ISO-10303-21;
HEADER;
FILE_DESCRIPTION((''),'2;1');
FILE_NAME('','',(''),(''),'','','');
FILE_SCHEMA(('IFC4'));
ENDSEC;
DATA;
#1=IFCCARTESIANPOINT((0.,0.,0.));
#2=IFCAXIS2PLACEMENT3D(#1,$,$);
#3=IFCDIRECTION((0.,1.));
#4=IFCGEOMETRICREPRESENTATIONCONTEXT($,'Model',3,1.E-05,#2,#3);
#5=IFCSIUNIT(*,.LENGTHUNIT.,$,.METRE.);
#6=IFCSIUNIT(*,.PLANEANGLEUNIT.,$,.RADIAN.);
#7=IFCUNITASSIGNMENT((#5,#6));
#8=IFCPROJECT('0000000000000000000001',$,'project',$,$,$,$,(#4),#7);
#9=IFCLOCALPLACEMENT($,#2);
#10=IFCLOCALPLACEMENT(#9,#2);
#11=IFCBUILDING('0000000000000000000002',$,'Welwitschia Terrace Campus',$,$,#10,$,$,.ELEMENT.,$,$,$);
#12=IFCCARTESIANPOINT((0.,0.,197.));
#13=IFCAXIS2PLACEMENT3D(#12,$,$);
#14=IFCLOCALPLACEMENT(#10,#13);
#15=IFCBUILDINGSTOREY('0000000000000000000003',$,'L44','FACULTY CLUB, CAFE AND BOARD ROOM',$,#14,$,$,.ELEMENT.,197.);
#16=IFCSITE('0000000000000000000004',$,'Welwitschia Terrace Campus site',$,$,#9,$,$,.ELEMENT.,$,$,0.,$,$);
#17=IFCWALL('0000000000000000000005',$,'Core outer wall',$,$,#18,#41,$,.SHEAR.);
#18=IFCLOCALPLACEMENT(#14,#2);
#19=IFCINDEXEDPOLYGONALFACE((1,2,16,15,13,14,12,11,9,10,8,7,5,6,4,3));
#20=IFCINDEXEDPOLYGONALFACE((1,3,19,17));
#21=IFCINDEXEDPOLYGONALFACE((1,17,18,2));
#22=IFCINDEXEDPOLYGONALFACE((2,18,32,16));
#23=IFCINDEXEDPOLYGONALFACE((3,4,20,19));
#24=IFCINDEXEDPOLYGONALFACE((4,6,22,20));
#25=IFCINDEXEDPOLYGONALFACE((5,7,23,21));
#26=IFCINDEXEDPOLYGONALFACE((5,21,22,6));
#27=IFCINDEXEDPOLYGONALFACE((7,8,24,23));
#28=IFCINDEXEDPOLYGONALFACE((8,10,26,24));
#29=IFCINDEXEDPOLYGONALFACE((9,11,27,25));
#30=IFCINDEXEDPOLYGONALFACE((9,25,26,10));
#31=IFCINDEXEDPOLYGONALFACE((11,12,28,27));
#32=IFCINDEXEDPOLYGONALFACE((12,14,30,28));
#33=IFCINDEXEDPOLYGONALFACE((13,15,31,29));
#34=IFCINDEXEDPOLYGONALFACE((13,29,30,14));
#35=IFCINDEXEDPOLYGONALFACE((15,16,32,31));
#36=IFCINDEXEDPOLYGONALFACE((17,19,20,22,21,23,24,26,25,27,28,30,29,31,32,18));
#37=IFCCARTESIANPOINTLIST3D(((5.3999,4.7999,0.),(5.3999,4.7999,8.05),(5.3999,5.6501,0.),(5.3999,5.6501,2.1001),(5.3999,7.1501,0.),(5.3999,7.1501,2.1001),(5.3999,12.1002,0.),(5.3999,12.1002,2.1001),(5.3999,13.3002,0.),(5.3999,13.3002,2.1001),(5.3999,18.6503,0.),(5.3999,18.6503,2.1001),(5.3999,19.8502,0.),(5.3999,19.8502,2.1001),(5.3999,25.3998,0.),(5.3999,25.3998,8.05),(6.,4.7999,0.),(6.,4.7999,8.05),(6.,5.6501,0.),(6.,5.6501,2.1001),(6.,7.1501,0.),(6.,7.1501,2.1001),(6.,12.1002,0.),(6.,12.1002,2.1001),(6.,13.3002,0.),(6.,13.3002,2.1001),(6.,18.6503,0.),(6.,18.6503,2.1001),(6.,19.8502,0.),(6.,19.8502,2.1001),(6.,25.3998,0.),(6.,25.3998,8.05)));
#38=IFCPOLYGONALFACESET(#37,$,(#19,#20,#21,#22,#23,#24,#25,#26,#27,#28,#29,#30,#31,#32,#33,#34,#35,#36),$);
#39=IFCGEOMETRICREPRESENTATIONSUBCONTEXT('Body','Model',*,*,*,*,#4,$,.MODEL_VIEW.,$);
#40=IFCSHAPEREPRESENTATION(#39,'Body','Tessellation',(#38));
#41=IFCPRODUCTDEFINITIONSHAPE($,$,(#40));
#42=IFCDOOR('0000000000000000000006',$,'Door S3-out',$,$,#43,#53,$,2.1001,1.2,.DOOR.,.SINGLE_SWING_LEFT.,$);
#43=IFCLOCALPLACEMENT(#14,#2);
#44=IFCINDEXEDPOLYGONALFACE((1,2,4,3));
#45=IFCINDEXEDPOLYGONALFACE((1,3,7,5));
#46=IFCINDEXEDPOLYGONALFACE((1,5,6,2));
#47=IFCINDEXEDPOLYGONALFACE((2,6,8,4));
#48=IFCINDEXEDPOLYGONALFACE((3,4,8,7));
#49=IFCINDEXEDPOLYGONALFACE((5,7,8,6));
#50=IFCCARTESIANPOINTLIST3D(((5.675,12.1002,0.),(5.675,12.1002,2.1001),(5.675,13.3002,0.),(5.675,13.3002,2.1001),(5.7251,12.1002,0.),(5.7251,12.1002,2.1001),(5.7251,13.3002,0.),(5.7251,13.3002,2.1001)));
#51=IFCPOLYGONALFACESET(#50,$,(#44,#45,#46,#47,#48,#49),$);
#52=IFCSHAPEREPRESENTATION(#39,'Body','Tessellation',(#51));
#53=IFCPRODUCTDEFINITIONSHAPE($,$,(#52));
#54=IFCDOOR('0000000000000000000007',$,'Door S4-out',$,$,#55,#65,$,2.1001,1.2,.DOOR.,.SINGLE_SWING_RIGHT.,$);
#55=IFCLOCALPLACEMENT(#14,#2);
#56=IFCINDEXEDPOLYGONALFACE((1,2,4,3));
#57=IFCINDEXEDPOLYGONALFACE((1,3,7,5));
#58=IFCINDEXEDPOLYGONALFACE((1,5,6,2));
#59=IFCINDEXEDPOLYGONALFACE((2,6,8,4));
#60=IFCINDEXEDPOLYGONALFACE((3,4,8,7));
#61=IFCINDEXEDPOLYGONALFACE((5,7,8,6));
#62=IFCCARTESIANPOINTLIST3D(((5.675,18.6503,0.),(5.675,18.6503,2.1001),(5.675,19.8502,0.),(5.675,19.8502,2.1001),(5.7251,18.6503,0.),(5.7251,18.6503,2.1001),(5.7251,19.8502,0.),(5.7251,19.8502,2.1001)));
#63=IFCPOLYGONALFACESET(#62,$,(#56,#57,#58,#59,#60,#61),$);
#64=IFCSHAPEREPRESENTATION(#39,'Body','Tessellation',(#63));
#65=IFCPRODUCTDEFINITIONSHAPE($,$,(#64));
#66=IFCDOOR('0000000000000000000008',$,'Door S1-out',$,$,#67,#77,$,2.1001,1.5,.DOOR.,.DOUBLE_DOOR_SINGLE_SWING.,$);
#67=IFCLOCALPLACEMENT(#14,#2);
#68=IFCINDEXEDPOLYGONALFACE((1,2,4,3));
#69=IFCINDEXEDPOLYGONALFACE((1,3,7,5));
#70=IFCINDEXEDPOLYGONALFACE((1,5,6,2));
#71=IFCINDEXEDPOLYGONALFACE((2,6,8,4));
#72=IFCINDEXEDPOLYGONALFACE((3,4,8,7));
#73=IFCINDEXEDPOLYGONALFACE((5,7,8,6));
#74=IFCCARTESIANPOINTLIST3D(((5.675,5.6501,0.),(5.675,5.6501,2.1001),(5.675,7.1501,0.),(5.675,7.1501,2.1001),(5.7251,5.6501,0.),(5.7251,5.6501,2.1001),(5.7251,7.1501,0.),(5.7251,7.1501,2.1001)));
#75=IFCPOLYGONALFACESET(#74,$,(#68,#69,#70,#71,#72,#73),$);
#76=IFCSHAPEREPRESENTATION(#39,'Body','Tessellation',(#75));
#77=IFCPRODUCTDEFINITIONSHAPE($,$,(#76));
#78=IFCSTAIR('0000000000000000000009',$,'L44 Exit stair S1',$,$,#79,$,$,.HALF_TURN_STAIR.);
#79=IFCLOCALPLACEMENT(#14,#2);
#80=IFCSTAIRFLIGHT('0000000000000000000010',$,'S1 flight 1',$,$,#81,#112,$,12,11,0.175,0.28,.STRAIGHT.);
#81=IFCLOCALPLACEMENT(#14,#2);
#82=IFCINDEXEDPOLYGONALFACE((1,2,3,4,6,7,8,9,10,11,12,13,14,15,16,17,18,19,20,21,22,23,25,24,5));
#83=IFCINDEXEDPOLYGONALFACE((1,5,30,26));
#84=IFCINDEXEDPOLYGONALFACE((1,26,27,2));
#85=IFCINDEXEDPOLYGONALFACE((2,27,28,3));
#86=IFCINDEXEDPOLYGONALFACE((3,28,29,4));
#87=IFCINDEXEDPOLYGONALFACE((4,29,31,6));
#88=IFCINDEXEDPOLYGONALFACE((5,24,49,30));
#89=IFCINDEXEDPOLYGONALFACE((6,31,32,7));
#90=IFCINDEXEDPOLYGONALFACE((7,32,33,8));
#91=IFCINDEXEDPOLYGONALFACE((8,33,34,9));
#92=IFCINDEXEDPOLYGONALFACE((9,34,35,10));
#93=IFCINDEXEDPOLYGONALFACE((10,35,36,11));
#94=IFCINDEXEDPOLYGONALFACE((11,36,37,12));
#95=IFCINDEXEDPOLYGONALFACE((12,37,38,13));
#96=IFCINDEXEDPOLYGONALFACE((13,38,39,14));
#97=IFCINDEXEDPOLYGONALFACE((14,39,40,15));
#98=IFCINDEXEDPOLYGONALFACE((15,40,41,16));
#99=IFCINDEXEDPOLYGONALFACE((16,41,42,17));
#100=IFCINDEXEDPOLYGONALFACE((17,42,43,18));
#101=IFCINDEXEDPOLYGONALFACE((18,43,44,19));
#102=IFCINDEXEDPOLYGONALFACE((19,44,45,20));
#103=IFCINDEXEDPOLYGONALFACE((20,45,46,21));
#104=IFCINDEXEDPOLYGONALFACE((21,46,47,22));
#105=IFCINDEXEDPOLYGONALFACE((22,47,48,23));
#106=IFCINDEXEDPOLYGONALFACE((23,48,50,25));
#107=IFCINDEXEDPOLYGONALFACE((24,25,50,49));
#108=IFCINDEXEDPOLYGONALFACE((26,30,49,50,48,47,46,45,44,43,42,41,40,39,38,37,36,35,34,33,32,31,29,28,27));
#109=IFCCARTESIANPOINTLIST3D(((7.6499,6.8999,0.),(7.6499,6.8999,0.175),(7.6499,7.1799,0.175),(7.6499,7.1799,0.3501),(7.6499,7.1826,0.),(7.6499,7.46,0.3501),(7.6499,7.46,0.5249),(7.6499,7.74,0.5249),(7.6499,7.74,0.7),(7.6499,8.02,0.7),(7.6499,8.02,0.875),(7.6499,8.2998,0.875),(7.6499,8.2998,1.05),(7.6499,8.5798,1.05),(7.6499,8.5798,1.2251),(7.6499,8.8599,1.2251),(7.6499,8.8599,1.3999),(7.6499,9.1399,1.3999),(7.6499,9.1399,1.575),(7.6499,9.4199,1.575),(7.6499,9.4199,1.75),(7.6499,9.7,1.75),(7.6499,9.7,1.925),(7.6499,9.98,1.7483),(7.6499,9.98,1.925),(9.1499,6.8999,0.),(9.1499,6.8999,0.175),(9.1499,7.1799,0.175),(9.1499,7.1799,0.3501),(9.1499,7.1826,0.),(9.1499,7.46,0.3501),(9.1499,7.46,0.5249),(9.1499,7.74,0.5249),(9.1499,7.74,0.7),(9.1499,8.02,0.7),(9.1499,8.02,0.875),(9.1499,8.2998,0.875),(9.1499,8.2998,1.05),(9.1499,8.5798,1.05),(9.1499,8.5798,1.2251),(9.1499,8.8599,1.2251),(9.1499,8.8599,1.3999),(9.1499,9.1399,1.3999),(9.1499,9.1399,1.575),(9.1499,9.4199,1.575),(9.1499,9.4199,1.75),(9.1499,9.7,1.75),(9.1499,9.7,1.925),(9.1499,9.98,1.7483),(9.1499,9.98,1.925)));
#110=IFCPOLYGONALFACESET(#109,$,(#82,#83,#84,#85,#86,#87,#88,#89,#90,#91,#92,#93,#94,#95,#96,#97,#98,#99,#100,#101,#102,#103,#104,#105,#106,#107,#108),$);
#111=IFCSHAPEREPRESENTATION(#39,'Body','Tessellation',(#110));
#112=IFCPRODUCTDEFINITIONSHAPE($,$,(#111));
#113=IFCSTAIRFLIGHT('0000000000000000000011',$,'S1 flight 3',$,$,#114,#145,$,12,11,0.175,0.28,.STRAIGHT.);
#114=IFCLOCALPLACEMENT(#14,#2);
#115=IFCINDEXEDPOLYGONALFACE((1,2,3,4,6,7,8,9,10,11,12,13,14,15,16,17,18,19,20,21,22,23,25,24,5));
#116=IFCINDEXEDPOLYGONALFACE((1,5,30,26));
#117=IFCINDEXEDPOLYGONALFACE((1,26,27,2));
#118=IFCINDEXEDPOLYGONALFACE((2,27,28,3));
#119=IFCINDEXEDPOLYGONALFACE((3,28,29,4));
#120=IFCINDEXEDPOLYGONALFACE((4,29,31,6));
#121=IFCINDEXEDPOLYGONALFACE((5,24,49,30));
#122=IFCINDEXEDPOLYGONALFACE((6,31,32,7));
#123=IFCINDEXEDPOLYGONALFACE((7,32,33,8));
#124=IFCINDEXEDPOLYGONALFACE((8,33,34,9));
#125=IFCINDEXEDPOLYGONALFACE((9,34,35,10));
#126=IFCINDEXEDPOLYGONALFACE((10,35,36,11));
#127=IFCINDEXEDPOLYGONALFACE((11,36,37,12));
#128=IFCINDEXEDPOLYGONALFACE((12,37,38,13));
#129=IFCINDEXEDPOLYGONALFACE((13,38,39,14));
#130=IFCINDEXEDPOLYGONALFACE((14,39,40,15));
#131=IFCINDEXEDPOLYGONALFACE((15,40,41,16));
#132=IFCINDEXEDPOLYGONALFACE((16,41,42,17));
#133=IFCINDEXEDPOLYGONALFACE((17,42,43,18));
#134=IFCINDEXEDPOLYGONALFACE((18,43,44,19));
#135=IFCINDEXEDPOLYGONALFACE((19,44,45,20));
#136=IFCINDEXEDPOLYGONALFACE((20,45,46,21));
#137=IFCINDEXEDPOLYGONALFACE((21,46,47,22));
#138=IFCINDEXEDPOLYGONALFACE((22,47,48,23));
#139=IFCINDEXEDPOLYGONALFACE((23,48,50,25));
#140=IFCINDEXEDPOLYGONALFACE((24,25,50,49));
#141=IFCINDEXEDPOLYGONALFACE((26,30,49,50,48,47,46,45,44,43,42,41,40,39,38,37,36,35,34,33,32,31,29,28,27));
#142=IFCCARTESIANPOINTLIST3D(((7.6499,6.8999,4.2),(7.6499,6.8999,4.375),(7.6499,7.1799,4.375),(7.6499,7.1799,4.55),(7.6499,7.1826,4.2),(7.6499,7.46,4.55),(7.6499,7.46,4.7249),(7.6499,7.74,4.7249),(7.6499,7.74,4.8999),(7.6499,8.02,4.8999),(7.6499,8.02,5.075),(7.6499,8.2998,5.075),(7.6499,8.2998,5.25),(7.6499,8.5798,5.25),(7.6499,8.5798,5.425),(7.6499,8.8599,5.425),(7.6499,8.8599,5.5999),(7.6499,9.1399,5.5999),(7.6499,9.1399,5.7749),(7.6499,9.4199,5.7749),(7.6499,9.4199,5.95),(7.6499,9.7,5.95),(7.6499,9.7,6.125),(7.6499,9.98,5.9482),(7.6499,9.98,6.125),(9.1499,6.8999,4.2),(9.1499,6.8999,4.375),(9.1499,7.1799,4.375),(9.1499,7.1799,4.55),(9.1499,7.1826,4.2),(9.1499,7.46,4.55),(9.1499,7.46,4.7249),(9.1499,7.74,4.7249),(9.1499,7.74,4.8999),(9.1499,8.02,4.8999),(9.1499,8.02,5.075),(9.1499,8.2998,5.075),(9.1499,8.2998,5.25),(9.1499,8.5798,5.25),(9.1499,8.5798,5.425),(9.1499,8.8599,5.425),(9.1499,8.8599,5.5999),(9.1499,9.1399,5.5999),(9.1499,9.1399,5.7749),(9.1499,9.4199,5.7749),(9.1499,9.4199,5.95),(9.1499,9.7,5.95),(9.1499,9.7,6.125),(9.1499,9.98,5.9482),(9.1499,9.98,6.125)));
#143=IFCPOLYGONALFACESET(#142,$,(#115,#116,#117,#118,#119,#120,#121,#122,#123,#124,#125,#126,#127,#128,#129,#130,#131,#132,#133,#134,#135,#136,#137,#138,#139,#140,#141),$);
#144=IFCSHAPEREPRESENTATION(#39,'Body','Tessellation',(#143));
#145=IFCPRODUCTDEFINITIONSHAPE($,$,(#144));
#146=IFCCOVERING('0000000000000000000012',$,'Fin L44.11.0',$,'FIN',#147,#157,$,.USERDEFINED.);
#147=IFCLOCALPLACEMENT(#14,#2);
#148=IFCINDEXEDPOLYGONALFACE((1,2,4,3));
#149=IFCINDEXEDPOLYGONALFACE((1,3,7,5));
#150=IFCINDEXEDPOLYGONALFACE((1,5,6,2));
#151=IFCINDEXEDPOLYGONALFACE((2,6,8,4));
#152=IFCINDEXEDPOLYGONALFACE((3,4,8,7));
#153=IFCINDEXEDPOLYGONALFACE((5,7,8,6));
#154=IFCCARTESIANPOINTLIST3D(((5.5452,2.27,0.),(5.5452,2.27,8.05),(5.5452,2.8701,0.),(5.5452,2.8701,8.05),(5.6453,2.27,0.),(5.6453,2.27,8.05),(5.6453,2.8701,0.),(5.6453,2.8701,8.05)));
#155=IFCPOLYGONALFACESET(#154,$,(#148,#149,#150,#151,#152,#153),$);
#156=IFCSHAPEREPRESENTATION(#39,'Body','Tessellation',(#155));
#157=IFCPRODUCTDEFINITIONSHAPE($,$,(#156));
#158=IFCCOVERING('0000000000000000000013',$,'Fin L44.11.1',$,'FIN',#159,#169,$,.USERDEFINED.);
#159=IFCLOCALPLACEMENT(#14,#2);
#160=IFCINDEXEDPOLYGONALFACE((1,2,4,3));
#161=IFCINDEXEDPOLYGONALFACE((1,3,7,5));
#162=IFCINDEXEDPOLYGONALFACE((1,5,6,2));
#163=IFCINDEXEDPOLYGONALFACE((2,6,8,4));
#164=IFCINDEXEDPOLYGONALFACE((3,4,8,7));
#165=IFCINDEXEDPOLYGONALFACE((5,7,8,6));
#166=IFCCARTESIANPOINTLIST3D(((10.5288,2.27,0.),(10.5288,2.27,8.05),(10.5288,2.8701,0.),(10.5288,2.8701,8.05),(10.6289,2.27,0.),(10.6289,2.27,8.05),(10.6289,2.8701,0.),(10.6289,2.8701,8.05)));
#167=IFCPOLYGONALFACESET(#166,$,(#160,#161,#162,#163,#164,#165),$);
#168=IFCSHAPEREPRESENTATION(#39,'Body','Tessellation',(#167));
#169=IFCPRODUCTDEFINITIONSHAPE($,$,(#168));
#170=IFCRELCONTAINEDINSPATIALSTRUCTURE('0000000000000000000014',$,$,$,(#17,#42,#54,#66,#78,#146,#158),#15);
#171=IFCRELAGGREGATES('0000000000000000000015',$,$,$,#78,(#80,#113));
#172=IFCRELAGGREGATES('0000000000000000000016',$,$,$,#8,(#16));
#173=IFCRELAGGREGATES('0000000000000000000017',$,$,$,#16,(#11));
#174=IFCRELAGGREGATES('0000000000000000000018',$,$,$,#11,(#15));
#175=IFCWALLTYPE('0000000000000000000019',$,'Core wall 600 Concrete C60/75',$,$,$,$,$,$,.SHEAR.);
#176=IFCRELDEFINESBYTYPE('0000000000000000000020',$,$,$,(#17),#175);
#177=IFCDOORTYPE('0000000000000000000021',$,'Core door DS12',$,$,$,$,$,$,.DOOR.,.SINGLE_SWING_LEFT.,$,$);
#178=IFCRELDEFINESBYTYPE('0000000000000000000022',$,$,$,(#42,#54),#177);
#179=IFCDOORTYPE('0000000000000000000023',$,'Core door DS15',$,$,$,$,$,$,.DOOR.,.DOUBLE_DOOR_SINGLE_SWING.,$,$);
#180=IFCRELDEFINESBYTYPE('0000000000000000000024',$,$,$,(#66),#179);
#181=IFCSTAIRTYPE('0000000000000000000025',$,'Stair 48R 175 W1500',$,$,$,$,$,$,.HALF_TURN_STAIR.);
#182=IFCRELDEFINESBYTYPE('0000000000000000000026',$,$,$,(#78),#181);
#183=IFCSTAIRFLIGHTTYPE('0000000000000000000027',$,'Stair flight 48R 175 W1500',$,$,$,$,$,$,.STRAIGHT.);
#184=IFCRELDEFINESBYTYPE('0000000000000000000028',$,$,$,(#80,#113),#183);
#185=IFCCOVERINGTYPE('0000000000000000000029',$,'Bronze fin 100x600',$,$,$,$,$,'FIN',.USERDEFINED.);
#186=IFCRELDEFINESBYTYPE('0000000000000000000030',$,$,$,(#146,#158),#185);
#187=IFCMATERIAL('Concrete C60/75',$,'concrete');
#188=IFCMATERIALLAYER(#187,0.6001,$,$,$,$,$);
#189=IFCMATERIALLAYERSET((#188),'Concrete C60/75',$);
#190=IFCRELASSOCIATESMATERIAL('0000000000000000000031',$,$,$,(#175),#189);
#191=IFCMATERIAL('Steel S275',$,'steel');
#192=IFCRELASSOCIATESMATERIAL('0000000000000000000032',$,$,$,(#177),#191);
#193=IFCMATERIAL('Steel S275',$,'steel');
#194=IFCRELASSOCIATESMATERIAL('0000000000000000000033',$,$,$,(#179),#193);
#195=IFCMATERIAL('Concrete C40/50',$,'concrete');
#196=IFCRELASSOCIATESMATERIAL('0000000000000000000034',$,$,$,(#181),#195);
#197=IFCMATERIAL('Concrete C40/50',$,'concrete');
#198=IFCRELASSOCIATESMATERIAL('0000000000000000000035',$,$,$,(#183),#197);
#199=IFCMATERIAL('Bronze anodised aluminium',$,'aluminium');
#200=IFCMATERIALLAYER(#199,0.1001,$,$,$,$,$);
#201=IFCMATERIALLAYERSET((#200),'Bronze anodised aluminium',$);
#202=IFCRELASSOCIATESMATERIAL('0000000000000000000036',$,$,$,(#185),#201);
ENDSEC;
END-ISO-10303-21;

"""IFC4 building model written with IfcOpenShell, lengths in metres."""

from ifc_helpers import new_model, si_unit, direction, frame, frame_2d, origin, origin_2d, place, context, subcontext, project, spatial, polyline, rectangle, outline, extrude, material, layer, layer_set, type_object, element, fill, aggregate, save


model = new_model("IFC4")

# Units and contexts
model_context = context("Model", 3, precision=1e-05, world=origin(), true_north=direction((0.0, 1.0)))
body_context = subcontext(model_context, "Body", "Model", "MODEL_VIEW")
ifc_project = project(units=[si_unit("LENGTHUNIT", "METRE"), si_unit("PLANEANGLEUNIT", "RADIAN")], contexts=[model_context])

# Site, building, storey
site_placement = place(None, origin())
site = spatial("IfcSite", under=ifc_project, at=site_placement, Name="Welwitschia Terrace Campus site", CompositionType="ELEMENT", RefElevation=0.0)
building_placement = place(site_placement, origin())
building = spatial("IfcBuilding", under=site, at=building_placement, Name="Welwitschia Terrace Campus", CompositionType="ELEMENT")
storey_placement = place(building_placement, frame((0.0, 0.0, 197.0)))
storey = spatial("IfcBuildingStorey", under=building, at=storey_placement, Name="L44", Description="FACULTY CLUB, CAFE AND BOARD ROOM", CompositionType="ELEMENT", Elevation=197.0)

# Wall, openings, doors
ifc_material_1 = material(Name="Concrete C60/75", Category="concrete")
ifc_layer_1 = layer(ifc_material_1, 0.6001)
ifc_layer_set_1 = layer_set([ifc_layer_1], Name="Concrete C60/75")
wall_type_1 = type_object("IfcWallType", Name="Core wall 600 Concrete C60/75", PredefinedType="SHEAR", material=ifc_layer_set_1)
wall_placement = place(storey_placement, frame((5.7, 4.8, 0.0), z_axis=(0.0, 0.0, 1.0), x_axis=(0.0, 1.0, 0.0)))
wall = element("IfcWall", 1, at=wall_placement, inside=storey, type_object=wall_type_1, Name="Core outer wall", PredefinedType="SHEAR", context=body_context, shape_type="SweptSolid", body=[
    extrude(rectangle(XDim=20.5999, YDim=0.6001, at=frame_2d((10.2998, 0.0))), origin(), (0.0, 0.0, 1.0), 8.05),
])
opening_1_placement = place(wall_placement, frame((0.8501, 0.0, 0.0)))
opening_1 = element("IfcOpeningElement", 2, at=opening_1_placement, cuts=wall, PredefinedType="OPENING", context=body_context, shape_type="SweptSolid", body=[
    extrude(rectangle(XDim=1.5, YDim=2.1001, at=frame_2d((0.75, 1.05))), frame((0.0, 0.3101, 0.0), z_axis=(0.0, -1.0, 0.0), x_axis=(1.0, 0.0, 0.0)), (0.0, 0.0, 1.0), 0.6201),
])
opening_2_placement = place(wall_placement, frame((7.3, 0.0, 0.0)))
opening_2 = element("IfcOpeningElement", 3, at=opening_2_placement, cuts=wall, PredefinedType="OPENING", context=body_context, shape_type="SweptSolid", body=[
    extrude(rectangle(XDim=1.2, YDim=2.1001, at=frame_2d((0.6001, 1.05))), frame((0.0, 0.3101, 0.0), z_axis=(0.0, -1.0, 0.0), x_axis=(1.0, 0.0, 0.0)), (0.0, 0.0, 1.0), 0.6201),
])
opening_3_placement = place(wall_placement, frame((13.8501, 0.0, 0.0)))
opening_3 = element("IfcOpeningElement", 4, at=opening_3_placement, cuts=wall, PredefinedType="OPENING", context=body_context, shape_type="SweptSolid", body=[
    extrude(rectangle(XDim=1.2, YDim=2.1001, at=frame_2d((0.6001, 1.05))), frame((0.0, 0.3101, 0.0), z_axis=(0.0, -1.0, 0.0), x_axis=(1.0, 0.0, 0.0)), (0.0, 0.0, 1.0), 0.6201),
])
ifc_material_2 = material(Name="Steel S275", Category="steel")
door_type_1 = type_object("IfcDoorType", Name="Core door DS12", OperationType="SINGLE_SWING_LEFT", PredefinedType="DOOR", material=ifc_material_2)
door_1_placement = place(opening_2_placement, origin())
door_1 = element("IfcDoor", 5, at=door_1_placement, inside=storey, type_object=door_type_1, Name="Door S3-out", OperationType="SINGLE_SWING_LEFT", OverallHeight=2.1001, OverallWidth=1.2, PredefinedType="DOOR", context=body_context, shape_type="SweptSolid", body=[
    extrude(rectangle(XDim=1.2, YDim=2.1001, at=frame_2d((0.6001, 1.05))), frame((0.0, 0.0249, 0.0), z_axis=(0.0, -1.0, 0.0), x_axis=(1.0, 0.0, 0.0)), (0.0, 0.0, 1.0), 0.05),
])
fill(opening_2, door_1)
door_2_placement = place(opening_3_placement, origin())
door_2 = element("IfcDoor", 6, at=door_2_placement, inside=storey, type_object=door_type_1, Name="Door S4-out", OperationType="SINGLE_SWING_RIGHT", OverallHeight=2.1001, OverallWidth=1.2, PredefinedType="DOOR", context=body_context, shape_type="SweptSolid", body=[
    extrude(rectangle(XDim=1.2, YDim=2.1001, at=frame_2d((0.6001, 1.05))), frame((0.0, 0.0249, 0.0), z_axis=(0.0, -1.0, 0.0), x_axis=(1.0, 0.0, 0.0)), (0.0, 0.0, 1.0), 0.05),
])
fill(opening_3, door_2)
ifc_material_3 = material(Name="Steel S275", Category="steel")
door_type_2 = type_object("IfcDoorType", Name="Core door DS15", OperationType="DOUBLE_DOOR_SINGLE_SWING", PredefinedType="DOOR", material=ifc_material_3)
door_3_placement = place(opening_1_placement, origin())
door_3 = element("IfcDoor", 7, at=door_3_placement, inside=storey, type_object=door_type_2, Name="Door S1-out", OperationType="DOUBLE_DOOR_SINGLE_SWING", OverallHeight=2.1001, OverallWidth=1.5, PredefinedType="DOOR", context=body_context, shape_type="SweptSolid", body=[
    extrude(rectangle(XDim=1.5, YDim=2.1001, at=frame_2d((0.75, 1.05))), frame((0.0, 0.0249, 0.0), z_axis=(0.0, -1.0, 0.0), x_axis=(1.0, 0.0, 0.0)), (0.0, 0.0, 1.0), 0.05),
])
fill(opening_1, door_3)

# Stair, stair flights
ifc_material_4 = material(Name="Concrete C40/50", Category="concrete")
stair_type = type_object("IfcStairType", Name="Stair 48R 175 W1500", PredefinedType="HALF_TURN_STAIR", material=ifc_material_4)
stair_placement = place(storey_placement, origin())
stair = element("IfcStair", 8, at=stair_placement, inside=storey, type_object=stair_type, Name="L44 Exit stair S1", PredefinedType="HALF_TURN_STAIR")
ifc_material_5 = material(Name="Concrete C40/50", Category="concrete")
stair_flight_type = type_object("IfcStairFlightType", Name="Stair flight 48R 175 W1500", PredefinedType="STRAIGHT", material=ifc_material_5)
stair_flight_1_placement = place(storey_placement, frame((8.3999, 6.8999, 0.0), z_axis=(0.0, 0.0, 1.0), x_axis=(0.0, 1.0, 0.0)))
stair_flight_1 = element("IfcStairFlight", 9, at=stair_flight_1_placement, type_object=stair_flight_type, Name="S1 flight 1", NumberOfRisers=12, NumberOfTreads=11, PredefinedType="STRAIGHT", RiserHeight=0.175, TreadLength=0.28, context=body_context, shape_type="SweptSolid", body=[
    extrude(outline(polyline([(0.0, 0.0), (0.0, 0.175), (0.28, 0.175), (0.28, 0.3501), (0.5601, 0.3501), (0.5601, 0.5249), (0.8401, 0.5249), (0.8401, 0.7), (1.1201, 0.7), (1.1201, 0.875), (1.3999, 0.875), (1.3999, 1.05), (1.6799, 1.05), (1.6799, 1.2251), (1.96, 1.2251), (1.96, 1.3999), (2.24, 1.3999), (2.24, 1.575), (2.52, 1.575), (2.52, 1.75), (2.8, 1.75), (2.8, 1.925), (3.0801, 1.925), (3.0801, 2.1001), (3.0801, 1.7483), (0.2827, 0.0), (0.0, 0.0)])), frame((0.0, 0.75, 0.0), z_axis=(0.0, -1.0, 0.0), x_axis=(1.0, 0.0, 0.0)), (0.0, 0.0, 1.0), 1.5),
])
stair_flight_2_placement = place(storey_placement, frame((8.3999, 6.8999, 4.2), z_axis=(0.0, 0.0, 1.0), x_axis=(0.0, 1.0, 0.0)))
stair_flight_2 = element("IfcStairFlight", 10, at=stair_flight_2_placement, type_object=stair_flight_type, Name="S1 flight 3", NumberOfRisers=12, NumberOfTreads=11, PredefinedType="STRAIGHT", RiserHeight=0.175, TreadLength=0.28, context=body_context, shape_type="SweptSolid", body=[
    extrude(outline(polyline([(0.0, 0.0), (0.0, 0.175), (0.28, 0.175), (0.28, 0.3501), (0.5601, 0.3501), (0.5601, 0.5249), (0.8401, 0.5249), (0.8401, 0.7), (1.1201, 0.7), (1.1201, 0.875), (1.3999, 0.875), (1.3999, 1.05), (1.6799, 1.05), (1.6799, 1.2251), (1.96, 1.2251), (1.96, 1.3999), (2.24, 1.3999), (2.24, 1.575), (2.52, 1.575), (2.52, 1.75), (2.8, 1.75), (2.8, 1.925), (3.0801, 1.925), (3.0801, 2.1001), (3.0801, 1.7483), (0.2827, 0.0), (0.0, 0.0)])), frame((0.0, 0.75, 0.0), z_axis=(0.0, -1.0, 0.0), x_axis=(1.0, 0.0, 0.0)), (0.0, 0.0, 1.0), 1.5),
])
aggregate(stair, [stair_flight_1, stair_flight_2])

# Coverings
ifc_material_6 = material(Name="Bronze anodised aluminium", Category="aluminium")
ifc_layer_2 = layer(ifc_material_6, 0.1001)
ifc_layer_set_2 = layer_set([ifc_layer_2], Name="Bronze anodised aluminium")
covering_type = type_object("IfcCoveringType", Name="Bronze fin 100x600", ElementType="FIN", PredefinedType="USERDEFINED", material=ifc_layer_set_2)
for number, where, z_axis, x_axis, name in (
    (11, (5.5952, 2.5701, 0.0), (0.0, 0.0, 1.0), (1.0, 0.0, 0.0), "Fin L44.11.0"),
    (12, (10.5789, 2.5701, 0.0), (0.0, 0.0, 1.0), (1.0, 0.0, 0.0), "Fin L44.11.1"),
):
    element("IfcCovering", number, at=place(storey_placement, frame(where, z_axis=z_axis, x_axis=x_axis)), inside=storey, type_object=covering_type, Name=name, ObjectType="FIN", PredefinedType="USERDEFINED", context=body_context, shape_type="SweptSolid", body=[
        extrude(rectangle(XDim=0.1001, YDim=0.6001, at=origin_2d()), origin(), (0.0, 0.0, 1.0), 8.05),
    ])

save(model, "model.ifc")
